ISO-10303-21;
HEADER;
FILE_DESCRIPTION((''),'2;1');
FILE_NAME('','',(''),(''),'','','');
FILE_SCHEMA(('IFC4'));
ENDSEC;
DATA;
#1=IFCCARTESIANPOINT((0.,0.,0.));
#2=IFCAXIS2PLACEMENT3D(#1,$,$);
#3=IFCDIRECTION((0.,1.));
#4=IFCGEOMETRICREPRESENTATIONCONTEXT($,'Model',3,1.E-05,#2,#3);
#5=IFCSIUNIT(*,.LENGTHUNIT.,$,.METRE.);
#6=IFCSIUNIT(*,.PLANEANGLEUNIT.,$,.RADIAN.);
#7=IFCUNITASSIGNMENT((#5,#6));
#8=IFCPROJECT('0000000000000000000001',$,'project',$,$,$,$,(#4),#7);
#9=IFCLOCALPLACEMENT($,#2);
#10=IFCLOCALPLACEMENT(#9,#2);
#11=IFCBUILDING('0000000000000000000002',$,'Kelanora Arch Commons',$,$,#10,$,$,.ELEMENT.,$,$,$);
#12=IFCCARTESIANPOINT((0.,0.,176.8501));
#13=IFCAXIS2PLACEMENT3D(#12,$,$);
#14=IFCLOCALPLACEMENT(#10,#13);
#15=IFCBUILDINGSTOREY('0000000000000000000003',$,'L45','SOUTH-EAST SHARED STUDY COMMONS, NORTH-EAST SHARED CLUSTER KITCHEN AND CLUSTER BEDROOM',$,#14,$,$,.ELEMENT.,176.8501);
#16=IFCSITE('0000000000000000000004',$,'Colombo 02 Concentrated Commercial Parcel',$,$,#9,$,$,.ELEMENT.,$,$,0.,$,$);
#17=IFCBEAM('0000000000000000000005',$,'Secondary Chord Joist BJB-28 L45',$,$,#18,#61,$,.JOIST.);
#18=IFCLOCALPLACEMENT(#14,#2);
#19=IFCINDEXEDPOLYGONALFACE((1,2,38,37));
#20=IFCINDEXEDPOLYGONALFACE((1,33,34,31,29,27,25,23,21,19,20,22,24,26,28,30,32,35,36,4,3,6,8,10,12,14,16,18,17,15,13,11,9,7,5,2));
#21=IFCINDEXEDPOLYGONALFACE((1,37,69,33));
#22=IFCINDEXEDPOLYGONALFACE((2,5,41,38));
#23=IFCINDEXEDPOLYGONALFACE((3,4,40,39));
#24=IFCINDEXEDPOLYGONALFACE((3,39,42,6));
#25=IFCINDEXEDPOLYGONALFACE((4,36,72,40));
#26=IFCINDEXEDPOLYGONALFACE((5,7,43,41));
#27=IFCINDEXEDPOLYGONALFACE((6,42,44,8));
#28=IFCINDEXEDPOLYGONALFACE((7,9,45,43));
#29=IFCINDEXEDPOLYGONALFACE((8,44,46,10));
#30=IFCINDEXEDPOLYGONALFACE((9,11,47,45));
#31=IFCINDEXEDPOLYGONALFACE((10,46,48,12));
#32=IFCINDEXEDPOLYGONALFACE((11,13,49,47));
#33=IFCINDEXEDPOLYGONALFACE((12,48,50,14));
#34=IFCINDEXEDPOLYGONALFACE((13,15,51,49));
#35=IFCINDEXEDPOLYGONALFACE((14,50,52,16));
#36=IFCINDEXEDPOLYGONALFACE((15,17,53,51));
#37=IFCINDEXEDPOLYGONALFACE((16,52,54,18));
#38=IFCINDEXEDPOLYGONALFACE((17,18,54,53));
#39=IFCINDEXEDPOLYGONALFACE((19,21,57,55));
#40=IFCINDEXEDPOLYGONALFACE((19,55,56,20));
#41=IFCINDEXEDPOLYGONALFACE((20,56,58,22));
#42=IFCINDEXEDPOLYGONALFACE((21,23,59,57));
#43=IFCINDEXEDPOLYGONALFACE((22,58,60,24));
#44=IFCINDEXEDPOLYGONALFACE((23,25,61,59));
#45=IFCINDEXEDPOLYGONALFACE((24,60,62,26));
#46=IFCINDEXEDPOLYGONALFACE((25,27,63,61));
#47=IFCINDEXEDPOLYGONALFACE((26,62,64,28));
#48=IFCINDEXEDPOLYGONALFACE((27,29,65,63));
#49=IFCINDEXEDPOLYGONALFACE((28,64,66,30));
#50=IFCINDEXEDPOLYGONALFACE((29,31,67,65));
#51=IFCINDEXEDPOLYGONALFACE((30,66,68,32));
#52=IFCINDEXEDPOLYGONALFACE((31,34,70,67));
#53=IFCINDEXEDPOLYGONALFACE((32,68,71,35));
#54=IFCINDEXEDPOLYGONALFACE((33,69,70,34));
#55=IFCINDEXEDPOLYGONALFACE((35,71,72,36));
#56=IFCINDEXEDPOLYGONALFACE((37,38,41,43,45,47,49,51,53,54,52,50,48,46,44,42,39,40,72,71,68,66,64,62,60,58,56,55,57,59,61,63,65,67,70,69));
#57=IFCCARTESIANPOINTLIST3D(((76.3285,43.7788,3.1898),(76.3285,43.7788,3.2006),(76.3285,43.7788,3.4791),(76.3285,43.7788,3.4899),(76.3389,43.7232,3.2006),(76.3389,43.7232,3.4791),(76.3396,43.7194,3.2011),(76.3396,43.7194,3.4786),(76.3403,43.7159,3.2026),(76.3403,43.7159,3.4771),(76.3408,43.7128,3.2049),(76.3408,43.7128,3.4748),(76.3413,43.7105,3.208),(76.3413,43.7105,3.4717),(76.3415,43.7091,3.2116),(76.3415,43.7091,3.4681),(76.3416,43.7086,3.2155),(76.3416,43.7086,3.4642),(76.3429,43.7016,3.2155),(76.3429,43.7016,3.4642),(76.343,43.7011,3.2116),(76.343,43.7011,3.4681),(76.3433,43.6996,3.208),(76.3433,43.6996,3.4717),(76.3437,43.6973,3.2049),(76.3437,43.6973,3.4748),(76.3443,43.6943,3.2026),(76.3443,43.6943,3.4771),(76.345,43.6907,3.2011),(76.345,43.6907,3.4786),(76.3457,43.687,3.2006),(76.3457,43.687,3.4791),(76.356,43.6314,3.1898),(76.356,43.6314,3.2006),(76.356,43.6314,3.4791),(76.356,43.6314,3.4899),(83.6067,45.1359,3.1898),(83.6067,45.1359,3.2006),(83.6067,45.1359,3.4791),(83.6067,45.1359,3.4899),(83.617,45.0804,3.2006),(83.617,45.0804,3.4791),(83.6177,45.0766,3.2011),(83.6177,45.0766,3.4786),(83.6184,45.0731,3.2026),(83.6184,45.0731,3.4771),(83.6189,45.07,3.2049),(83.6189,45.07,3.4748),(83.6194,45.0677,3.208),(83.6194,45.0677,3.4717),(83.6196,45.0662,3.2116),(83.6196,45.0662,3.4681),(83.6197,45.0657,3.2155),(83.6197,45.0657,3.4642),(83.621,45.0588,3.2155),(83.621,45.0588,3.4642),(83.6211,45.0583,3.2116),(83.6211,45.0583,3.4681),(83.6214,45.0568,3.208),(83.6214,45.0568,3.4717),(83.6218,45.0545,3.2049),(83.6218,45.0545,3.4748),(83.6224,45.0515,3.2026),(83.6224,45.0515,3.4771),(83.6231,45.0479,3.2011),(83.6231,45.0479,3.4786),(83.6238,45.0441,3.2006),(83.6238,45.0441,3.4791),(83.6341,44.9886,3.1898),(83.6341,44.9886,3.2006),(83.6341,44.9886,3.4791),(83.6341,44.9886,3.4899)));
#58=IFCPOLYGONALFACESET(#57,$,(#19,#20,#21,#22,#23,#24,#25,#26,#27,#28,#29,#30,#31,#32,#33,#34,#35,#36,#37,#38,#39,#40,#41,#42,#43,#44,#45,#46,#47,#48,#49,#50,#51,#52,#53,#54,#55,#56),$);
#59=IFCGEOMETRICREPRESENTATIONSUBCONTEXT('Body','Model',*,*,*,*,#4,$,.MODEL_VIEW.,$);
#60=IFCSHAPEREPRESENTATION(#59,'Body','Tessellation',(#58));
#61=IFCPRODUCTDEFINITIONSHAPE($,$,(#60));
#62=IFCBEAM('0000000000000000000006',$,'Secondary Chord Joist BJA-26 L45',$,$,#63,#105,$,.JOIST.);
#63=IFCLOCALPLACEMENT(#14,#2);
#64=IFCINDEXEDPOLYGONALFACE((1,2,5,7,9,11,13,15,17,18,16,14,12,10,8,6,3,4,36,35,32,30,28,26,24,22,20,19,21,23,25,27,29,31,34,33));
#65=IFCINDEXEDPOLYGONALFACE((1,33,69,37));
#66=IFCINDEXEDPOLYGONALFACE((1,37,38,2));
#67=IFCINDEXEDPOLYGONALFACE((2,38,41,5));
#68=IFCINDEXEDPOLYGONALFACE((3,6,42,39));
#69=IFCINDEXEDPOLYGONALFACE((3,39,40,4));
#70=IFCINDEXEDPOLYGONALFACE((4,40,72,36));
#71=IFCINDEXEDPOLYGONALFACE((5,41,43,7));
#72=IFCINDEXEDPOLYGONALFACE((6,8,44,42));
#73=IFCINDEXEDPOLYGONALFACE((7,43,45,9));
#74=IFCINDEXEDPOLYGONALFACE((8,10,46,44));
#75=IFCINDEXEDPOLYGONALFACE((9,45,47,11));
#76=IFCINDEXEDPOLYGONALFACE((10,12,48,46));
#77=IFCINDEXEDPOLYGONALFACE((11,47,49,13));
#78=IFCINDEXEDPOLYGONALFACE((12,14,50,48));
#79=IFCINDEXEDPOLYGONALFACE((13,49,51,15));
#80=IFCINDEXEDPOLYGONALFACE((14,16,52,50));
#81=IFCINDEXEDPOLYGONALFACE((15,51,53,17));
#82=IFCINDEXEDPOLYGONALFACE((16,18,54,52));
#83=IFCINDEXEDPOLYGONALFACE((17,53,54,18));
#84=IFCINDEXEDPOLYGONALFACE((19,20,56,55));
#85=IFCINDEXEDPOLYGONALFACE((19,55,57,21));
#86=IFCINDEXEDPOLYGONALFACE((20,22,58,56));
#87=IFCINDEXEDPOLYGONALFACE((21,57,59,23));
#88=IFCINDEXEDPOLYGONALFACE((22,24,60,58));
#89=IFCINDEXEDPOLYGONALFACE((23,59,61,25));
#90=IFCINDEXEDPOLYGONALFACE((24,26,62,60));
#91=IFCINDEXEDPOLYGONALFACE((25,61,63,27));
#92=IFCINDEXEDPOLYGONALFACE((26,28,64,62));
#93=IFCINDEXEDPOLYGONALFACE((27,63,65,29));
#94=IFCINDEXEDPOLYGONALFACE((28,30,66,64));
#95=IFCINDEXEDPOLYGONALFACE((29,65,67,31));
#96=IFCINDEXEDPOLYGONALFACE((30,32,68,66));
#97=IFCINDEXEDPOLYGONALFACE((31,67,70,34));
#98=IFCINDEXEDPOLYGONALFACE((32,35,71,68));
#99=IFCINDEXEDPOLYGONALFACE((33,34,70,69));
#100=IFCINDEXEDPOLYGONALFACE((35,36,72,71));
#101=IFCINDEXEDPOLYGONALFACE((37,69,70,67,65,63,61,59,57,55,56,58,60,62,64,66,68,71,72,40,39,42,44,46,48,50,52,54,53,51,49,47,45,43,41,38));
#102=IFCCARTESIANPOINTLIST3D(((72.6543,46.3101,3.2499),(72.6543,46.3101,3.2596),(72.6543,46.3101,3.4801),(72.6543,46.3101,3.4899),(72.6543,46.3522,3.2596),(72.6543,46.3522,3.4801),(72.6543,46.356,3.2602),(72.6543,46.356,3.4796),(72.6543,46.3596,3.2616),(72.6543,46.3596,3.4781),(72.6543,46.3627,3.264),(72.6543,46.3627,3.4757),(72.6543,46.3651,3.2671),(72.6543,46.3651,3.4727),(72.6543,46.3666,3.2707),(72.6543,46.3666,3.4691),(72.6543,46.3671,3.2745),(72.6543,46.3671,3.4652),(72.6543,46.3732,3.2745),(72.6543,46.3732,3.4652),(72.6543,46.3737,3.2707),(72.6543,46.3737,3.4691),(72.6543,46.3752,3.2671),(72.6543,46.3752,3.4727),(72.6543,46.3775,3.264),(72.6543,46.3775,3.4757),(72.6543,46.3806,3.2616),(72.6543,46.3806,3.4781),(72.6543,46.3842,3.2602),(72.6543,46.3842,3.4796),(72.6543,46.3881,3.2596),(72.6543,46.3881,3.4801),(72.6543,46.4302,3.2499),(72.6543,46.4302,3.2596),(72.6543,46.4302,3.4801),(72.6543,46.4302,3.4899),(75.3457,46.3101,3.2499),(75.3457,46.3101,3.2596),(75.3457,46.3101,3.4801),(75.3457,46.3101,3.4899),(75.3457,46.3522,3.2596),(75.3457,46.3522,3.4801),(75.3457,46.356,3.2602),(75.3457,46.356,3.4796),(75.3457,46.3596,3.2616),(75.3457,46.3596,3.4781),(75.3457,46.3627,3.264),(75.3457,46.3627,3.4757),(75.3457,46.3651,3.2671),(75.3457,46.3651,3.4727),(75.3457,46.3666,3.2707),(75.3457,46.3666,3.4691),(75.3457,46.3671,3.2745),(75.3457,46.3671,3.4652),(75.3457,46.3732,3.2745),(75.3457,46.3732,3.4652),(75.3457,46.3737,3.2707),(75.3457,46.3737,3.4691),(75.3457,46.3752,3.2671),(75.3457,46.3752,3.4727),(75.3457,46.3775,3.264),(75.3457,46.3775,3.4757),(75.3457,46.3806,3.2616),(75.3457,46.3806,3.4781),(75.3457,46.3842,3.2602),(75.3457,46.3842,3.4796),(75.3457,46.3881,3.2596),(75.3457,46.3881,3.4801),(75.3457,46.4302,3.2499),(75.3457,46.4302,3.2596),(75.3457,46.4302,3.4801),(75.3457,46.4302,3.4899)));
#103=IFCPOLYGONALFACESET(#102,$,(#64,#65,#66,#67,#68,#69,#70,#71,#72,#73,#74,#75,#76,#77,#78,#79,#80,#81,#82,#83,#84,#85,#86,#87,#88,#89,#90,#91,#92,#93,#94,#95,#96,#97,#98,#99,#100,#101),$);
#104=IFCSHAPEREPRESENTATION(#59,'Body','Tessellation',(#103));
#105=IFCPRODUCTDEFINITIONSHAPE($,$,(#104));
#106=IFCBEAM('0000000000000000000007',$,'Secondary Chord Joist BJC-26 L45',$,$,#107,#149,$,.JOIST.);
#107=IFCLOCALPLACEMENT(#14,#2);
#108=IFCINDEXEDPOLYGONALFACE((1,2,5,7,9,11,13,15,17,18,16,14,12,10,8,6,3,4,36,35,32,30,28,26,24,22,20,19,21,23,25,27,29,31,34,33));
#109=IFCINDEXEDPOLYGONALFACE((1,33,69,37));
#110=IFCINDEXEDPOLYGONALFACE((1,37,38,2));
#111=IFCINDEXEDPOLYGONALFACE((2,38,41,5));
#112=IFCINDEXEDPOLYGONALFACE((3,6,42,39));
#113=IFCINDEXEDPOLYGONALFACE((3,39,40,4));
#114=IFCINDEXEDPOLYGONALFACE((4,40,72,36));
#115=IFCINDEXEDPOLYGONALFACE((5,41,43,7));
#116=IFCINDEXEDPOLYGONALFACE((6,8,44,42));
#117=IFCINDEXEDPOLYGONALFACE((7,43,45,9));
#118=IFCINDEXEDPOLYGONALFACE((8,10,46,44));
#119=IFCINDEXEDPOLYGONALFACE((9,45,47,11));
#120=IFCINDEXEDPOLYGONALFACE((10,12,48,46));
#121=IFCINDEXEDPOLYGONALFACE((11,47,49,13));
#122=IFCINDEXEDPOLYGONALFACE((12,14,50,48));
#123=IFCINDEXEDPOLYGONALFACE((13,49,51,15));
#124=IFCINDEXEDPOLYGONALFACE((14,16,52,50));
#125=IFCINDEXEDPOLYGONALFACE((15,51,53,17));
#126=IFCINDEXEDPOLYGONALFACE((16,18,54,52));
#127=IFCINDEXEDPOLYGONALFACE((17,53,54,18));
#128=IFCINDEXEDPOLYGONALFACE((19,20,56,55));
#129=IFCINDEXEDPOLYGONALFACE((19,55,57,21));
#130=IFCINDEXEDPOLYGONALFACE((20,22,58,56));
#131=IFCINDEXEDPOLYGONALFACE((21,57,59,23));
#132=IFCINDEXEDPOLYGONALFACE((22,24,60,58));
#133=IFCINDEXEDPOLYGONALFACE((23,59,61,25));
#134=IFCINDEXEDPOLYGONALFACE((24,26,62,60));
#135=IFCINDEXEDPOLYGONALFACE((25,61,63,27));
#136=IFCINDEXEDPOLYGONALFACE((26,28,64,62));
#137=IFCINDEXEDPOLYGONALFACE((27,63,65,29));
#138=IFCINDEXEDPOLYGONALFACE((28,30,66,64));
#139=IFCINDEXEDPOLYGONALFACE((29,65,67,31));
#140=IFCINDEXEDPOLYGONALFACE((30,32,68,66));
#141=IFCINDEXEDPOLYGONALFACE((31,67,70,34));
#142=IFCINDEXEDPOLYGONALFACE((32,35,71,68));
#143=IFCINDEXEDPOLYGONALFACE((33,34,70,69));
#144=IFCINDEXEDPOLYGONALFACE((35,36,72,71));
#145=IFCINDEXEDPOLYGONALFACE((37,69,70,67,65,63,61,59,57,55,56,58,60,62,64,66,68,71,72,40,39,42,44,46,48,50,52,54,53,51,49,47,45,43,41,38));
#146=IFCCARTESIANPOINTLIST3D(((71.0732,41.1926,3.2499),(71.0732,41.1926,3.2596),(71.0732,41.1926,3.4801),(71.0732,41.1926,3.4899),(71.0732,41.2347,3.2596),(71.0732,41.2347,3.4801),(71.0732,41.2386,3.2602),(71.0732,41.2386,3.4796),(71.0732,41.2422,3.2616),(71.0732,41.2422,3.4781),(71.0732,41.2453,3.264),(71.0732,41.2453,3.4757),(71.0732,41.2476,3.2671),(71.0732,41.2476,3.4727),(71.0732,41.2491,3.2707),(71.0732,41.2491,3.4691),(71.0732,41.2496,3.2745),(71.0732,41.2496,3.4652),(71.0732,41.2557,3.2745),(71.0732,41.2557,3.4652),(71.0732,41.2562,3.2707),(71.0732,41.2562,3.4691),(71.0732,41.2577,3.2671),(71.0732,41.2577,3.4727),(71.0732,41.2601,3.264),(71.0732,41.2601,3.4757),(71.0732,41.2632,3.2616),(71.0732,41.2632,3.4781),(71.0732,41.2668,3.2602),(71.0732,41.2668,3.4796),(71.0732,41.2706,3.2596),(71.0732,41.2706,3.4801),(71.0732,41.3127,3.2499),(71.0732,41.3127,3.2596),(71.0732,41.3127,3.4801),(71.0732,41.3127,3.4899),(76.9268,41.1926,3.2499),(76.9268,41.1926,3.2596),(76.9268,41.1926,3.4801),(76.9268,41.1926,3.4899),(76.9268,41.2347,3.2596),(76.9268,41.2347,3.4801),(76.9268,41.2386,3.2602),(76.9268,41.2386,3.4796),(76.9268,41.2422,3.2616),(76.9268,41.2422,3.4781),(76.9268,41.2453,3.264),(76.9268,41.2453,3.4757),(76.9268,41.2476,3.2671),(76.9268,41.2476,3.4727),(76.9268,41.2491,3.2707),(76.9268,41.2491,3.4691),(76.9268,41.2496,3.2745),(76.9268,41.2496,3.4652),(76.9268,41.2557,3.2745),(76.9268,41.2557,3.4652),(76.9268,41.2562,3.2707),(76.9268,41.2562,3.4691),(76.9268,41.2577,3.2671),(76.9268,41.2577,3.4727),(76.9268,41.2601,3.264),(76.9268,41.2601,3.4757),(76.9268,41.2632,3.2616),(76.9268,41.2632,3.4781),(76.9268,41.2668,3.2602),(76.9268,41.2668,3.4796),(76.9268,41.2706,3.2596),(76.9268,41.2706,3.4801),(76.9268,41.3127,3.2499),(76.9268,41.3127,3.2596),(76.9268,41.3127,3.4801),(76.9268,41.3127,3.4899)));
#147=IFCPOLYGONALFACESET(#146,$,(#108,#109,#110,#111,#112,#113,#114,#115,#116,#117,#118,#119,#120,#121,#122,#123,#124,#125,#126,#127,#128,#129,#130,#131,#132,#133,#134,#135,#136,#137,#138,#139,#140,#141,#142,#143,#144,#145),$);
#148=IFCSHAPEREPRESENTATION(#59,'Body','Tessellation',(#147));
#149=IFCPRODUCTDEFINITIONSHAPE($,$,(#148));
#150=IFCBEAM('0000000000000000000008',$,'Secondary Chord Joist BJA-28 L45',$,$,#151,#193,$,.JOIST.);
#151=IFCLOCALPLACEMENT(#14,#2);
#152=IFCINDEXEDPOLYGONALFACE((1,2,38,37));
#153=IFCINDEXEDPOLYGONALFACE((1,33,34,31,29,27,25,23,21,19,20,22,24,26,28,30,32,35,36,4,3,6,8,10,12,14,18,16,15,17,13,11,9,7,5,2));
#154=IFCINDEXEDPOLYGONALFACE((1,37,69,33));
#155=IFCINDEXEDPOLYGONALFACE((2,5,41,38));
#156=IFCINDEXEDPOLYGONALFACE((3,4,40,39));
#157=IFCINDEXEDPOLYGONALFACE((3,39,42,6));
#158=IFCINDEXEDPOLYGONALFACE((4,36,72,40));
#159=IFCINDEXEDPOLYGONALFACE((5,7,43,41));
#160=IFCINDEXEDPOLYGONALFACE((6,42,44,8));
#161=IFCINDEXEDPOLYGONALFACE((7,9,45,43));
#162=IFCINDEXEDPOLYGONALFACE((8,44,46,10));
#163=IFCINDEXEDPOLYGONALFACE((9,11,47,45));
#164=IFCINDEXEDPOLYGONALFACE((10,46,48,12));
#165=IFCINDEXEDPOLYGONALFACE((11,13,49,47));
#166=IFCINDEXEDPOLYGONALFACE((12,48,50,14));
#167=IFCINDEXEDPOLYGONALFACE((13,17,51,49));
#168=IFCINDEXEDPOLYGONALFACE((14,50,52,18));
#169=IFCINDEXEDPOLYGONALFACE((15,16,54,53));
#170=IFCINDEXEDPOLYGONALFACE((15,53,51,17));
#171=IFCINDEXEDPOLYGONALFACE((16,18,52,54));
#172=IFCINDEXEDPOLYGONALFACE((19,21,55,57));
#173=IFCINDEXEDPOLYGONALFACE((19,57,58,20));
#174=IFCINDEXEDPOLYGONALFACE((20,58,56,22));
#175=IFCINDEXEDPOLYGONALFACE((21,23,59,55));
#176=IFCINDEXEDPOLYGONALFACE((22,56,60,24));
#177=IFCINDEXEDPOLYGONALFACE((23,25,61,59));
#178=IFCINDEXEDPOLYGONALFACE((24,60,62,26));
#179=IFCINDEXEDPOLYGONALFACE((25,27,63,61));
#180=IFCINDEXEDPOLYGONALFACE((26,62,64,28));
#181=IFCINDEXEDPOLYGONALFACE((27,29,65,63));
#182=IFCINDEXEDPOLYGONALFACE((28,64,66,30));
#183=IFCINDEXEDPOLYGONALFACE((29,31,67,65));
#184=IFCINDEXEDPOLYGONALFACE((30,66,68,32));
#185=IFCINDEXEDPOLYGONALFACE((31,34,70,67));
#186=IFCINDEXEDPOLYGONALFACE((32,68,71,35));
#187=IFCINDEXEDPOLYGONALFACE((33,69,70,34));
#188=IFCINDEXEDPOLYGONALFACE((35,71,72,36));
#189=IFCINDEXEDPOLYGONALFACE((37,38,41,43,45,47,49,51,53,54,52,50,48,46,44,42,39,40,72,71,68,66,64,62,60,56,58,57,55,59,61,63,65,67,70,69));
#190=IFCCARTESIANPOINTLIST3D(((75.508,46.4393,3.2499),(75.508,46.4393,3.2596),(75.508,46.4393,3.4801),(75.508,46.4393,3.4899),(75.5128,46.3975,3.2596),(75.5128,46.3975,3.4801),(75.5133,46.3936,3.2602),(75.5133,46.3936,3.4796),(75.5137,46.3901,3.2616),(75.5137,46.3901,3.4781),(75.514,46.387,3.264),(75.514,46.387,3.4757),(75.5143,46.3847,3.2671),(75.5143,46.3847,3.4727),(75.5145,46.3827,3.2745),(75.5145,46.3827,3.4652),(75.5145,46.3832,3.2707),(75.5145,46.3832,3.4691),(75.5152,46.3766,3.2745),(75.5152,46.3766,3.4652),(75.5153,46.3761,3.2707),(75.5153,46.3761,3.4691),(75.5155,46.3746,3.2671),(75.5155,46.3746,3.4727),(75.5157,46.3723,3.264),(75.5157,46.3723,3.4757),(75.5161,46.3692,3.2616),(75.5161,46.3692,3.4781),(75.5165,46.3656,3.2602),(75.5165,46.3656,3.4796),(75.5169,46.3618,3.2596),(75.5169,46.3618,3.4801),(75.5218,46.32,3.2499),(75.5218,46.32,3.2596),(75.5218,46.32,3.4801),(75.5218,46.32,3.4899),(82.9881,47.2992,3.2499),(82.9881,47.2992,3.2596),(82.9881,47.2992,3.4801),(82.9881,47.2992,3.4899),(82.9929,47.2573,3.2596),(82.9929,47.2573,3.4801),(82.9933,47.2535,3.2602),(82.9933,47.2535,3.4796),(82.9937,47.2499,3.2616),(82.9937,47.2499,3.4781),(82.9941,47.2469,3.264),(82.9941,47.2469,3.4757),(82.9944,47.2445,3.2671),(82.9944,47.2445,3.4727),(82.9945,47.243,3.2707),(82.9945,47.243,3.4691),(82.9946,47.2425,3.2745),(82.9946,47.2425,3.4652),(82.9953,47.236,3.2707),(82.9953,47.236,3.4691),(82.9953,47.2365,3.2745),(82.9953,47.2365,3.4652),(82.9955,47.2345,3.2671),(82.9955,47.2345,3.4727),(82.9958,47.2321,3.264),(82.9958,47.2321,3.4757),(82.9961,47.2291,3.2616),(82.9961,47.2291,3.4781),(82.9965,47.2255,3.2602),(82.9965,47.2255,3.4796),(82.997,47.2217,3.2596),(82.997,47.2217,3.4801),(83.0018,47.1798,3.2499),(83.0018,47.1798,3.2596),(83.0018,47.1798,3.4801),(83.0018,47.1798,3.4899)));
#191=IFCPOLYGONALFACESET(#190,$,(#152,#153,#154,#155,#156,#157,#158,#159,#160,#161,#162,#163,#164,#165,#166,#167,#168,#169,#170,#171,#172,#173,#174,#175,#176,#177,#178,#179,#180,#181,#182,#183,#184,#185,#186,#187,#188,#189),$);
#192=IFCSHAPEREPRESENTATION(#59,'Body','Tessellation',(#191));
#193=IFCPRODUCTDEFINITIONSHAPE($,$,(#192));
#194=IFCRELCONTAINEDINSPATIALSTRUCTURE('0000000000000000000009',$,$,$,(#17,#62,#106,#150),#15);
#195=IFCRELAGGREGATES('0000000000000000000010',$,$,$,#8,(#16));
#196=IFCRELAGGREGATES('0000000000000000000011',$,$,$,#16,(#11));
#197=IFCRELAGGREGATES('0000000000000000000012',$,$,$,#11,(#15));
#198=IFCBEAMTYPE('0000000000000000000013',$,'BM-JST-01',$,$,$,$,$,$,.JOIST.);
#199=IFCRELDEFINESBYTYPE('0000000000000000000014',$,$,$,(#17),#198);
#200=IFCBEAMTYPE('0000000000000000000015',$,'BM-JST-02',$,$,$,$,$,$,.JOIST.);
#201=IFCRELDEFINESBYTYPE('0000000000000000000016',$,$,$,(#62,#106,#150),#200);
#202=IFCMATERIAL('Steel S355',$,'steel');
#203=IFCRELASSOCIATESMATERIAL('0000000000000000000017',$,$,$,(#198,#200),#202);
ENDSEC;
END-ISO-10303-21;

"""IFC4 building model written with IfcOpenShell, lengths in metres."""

from ifc_helpers import new_model, si_unit, direction, frame, origin, origin_2d, place, context, subcontext, project, spatial, i_section, extrude, material, material_profile, profile_set, type_object, element, save


model = new_model("IFC4")

# Units and contexts
model_context = context("Model", 3, precision=1e-05, world=origin(), true_north=direction((0.0, 1.0)))
body_context = subcontext(model_context, "Body", "Model", "MODEL_VIEW")
ifc_project = project(units=[si_unit("LENGTHUNIT", "METRE"), si_unit("PLANEANGLEUNIT", "RADIAN")], contexts=[model_context])

# Site, building, storey
site_placement = place(None, origin())
site = spatial("IfcSite", under=ifc_project, at=site_placement, Name="Colombo 02 Concentrated Commercial Parcel", CompositionType="ELEMENT", RefElevation=0.0)
building_placement = place(site_placement, origin())
building = spatial("IfcBuilding", under=site, at=building_placement, Name="Kelanora Arch Commons", CompositionType="ELEMENT")
storey_placement = place(building_placement, frame((0.0, 0.0, 176.8501)))
storey = spatial("IfcBuildingStorey", under=building, at=storey_placement, Name="L45", Description="SOUTH-EAST SHARED STUDY COMMONS, NORTH-EAST SHARED CLUSTER KITCHEN AND CLUSTER BEDROOM", CompositionType="ELEMENT", Elevation=176.8501)

# Beams
ifc_material_1 = material(Name="Steel S355", Category="steel")
ifc_material_profile_1 = material_profile(ifc_material_1, i_section(OverallWidth=0.1499, OverallDepth=0.3, WebThickness=0.0071, FlangeThickness=0.0107, FilletRadius=0.0149, at=origin_2d()), Name="IPE300")
ifc_profile_set_1 = profile_set([ifc_material_profile_1], Name="Steel S355")
beam_type_1 = type_object("IfcBeamType", Name="BM-JST-01", PredefinedType="JOIST", material=ifc_profile_set_1)
beam_1_placement = place(storey_placement, frame((76.3423, 43.7051, 3.3398), z_axis=(0.983054, 0.183315, 0.0), x_axis=(-0.183315, 0.983054, 0.0)))
element("IfcBeam", 1, at=beam_1_placement, inside=storey, type_object=beam_type_1, Name="Secondary Chord Joist BJB-28 L45", PredefinedType="JOIST", context=body_context, shape_type="SweptSolid", body=[
    extrude(i_section(OverallWidth=0.1499, OverallDepth=0.3, WebThickness=0.0071, FlangeThickness=0.0107, FilletRadius=0.0149, at=origin_2d()), origin(), (0.0, 0.0, 1.0), 7.4036),
])
ifc_material_profile_2 = material_profile(ifc_material_1, i_section(OverallWidth=0.1201, OverallDepth=0.24, WebThickness=0.0061, FlangeThickness=0.0098, FilletRadius=0.0149, at=origin_2d()), Name="IPE240")
ifc_profile_set_2 = profile_set([ifc_material_profile_2], Name="Steel S355")
beam_type_2 = type_object("IfcBeamType", Name="BM-JST-02", PredefinedType="JOIST", material=ifc_profile_set_2)
beam_2_placement = place(storey_placement, frame((72.6543, 46.3701, 3.3699), z_axis=(1.0, 0.0, 0.0), x_axis=(0.0, 1.0, 0.0)))
element("IfcBeam", 2, at=beam_2_placement, inside=storey, type_object=beam_type_2, Name="Secondary Chord Joist BJA-26 L45", PredefinedType="JOIST", context=body_context, shape_type="SweptSolid", body=[
    extrude(i_section(OverallWidth=0.1201, OverallDepth=0.24, WebThickness=0.0061, FlangeThickness=0.0098, FilletRadius=0.0149, at=origin_2d()), origin(), (0.0, 0.0, 1.0), 2.6914),
])
beam_3_placement = place(storey_placement, frame((71.0732, 41.2527, 3.3699), z_axis=(1.0, 0.0, 0.0), x_axis=(0.0, 1.0, 0.0)))
element("IfcBeam", 3, at=beam_3_placement, inside=storey, type_object=beam_type_2, Name="Secondary Chord Joist BJC-26 L45", PredefinedType="JOIST", context=body_context, shape_type="SweptSolid", body=[
    extrude(i_section(OverallWidth=0.1201, OverallDepth=0.24, WebThickness=0.0061, FlangeThickness=0.0098, FilletRadius=0.0149, at=origin_2d()), origin(), (0.0, 0.0, 1.0), 5.8535),
])
beam_4_placement = place(storey_placement, frame((75.5149, 46.3796, 3.3699), z_axis=(0.993457, 0.114203, 0.0), x_axis=(-0.114203, 0.993457, 0.0)))
element("IfcBeam", 4, at=beam_4_placement, inside=storey, type_object=beam_type_2, Name="Secondary Chord Joist BJA-28 L45", PredefinedType="JOIST", context=body_context, shape_type="SweptSolid", body=[
    extrude(i_section(OverallWidth=0.1201, OverallDepth=0.24, WebThickness=0.0061, FlangeThickness=0.0098, FilletRadius=0.0149, at=origin_2d()), origin(), (0.0, 0.0, 1.0), 7.5293),
])

save(model, "model.ifc")
